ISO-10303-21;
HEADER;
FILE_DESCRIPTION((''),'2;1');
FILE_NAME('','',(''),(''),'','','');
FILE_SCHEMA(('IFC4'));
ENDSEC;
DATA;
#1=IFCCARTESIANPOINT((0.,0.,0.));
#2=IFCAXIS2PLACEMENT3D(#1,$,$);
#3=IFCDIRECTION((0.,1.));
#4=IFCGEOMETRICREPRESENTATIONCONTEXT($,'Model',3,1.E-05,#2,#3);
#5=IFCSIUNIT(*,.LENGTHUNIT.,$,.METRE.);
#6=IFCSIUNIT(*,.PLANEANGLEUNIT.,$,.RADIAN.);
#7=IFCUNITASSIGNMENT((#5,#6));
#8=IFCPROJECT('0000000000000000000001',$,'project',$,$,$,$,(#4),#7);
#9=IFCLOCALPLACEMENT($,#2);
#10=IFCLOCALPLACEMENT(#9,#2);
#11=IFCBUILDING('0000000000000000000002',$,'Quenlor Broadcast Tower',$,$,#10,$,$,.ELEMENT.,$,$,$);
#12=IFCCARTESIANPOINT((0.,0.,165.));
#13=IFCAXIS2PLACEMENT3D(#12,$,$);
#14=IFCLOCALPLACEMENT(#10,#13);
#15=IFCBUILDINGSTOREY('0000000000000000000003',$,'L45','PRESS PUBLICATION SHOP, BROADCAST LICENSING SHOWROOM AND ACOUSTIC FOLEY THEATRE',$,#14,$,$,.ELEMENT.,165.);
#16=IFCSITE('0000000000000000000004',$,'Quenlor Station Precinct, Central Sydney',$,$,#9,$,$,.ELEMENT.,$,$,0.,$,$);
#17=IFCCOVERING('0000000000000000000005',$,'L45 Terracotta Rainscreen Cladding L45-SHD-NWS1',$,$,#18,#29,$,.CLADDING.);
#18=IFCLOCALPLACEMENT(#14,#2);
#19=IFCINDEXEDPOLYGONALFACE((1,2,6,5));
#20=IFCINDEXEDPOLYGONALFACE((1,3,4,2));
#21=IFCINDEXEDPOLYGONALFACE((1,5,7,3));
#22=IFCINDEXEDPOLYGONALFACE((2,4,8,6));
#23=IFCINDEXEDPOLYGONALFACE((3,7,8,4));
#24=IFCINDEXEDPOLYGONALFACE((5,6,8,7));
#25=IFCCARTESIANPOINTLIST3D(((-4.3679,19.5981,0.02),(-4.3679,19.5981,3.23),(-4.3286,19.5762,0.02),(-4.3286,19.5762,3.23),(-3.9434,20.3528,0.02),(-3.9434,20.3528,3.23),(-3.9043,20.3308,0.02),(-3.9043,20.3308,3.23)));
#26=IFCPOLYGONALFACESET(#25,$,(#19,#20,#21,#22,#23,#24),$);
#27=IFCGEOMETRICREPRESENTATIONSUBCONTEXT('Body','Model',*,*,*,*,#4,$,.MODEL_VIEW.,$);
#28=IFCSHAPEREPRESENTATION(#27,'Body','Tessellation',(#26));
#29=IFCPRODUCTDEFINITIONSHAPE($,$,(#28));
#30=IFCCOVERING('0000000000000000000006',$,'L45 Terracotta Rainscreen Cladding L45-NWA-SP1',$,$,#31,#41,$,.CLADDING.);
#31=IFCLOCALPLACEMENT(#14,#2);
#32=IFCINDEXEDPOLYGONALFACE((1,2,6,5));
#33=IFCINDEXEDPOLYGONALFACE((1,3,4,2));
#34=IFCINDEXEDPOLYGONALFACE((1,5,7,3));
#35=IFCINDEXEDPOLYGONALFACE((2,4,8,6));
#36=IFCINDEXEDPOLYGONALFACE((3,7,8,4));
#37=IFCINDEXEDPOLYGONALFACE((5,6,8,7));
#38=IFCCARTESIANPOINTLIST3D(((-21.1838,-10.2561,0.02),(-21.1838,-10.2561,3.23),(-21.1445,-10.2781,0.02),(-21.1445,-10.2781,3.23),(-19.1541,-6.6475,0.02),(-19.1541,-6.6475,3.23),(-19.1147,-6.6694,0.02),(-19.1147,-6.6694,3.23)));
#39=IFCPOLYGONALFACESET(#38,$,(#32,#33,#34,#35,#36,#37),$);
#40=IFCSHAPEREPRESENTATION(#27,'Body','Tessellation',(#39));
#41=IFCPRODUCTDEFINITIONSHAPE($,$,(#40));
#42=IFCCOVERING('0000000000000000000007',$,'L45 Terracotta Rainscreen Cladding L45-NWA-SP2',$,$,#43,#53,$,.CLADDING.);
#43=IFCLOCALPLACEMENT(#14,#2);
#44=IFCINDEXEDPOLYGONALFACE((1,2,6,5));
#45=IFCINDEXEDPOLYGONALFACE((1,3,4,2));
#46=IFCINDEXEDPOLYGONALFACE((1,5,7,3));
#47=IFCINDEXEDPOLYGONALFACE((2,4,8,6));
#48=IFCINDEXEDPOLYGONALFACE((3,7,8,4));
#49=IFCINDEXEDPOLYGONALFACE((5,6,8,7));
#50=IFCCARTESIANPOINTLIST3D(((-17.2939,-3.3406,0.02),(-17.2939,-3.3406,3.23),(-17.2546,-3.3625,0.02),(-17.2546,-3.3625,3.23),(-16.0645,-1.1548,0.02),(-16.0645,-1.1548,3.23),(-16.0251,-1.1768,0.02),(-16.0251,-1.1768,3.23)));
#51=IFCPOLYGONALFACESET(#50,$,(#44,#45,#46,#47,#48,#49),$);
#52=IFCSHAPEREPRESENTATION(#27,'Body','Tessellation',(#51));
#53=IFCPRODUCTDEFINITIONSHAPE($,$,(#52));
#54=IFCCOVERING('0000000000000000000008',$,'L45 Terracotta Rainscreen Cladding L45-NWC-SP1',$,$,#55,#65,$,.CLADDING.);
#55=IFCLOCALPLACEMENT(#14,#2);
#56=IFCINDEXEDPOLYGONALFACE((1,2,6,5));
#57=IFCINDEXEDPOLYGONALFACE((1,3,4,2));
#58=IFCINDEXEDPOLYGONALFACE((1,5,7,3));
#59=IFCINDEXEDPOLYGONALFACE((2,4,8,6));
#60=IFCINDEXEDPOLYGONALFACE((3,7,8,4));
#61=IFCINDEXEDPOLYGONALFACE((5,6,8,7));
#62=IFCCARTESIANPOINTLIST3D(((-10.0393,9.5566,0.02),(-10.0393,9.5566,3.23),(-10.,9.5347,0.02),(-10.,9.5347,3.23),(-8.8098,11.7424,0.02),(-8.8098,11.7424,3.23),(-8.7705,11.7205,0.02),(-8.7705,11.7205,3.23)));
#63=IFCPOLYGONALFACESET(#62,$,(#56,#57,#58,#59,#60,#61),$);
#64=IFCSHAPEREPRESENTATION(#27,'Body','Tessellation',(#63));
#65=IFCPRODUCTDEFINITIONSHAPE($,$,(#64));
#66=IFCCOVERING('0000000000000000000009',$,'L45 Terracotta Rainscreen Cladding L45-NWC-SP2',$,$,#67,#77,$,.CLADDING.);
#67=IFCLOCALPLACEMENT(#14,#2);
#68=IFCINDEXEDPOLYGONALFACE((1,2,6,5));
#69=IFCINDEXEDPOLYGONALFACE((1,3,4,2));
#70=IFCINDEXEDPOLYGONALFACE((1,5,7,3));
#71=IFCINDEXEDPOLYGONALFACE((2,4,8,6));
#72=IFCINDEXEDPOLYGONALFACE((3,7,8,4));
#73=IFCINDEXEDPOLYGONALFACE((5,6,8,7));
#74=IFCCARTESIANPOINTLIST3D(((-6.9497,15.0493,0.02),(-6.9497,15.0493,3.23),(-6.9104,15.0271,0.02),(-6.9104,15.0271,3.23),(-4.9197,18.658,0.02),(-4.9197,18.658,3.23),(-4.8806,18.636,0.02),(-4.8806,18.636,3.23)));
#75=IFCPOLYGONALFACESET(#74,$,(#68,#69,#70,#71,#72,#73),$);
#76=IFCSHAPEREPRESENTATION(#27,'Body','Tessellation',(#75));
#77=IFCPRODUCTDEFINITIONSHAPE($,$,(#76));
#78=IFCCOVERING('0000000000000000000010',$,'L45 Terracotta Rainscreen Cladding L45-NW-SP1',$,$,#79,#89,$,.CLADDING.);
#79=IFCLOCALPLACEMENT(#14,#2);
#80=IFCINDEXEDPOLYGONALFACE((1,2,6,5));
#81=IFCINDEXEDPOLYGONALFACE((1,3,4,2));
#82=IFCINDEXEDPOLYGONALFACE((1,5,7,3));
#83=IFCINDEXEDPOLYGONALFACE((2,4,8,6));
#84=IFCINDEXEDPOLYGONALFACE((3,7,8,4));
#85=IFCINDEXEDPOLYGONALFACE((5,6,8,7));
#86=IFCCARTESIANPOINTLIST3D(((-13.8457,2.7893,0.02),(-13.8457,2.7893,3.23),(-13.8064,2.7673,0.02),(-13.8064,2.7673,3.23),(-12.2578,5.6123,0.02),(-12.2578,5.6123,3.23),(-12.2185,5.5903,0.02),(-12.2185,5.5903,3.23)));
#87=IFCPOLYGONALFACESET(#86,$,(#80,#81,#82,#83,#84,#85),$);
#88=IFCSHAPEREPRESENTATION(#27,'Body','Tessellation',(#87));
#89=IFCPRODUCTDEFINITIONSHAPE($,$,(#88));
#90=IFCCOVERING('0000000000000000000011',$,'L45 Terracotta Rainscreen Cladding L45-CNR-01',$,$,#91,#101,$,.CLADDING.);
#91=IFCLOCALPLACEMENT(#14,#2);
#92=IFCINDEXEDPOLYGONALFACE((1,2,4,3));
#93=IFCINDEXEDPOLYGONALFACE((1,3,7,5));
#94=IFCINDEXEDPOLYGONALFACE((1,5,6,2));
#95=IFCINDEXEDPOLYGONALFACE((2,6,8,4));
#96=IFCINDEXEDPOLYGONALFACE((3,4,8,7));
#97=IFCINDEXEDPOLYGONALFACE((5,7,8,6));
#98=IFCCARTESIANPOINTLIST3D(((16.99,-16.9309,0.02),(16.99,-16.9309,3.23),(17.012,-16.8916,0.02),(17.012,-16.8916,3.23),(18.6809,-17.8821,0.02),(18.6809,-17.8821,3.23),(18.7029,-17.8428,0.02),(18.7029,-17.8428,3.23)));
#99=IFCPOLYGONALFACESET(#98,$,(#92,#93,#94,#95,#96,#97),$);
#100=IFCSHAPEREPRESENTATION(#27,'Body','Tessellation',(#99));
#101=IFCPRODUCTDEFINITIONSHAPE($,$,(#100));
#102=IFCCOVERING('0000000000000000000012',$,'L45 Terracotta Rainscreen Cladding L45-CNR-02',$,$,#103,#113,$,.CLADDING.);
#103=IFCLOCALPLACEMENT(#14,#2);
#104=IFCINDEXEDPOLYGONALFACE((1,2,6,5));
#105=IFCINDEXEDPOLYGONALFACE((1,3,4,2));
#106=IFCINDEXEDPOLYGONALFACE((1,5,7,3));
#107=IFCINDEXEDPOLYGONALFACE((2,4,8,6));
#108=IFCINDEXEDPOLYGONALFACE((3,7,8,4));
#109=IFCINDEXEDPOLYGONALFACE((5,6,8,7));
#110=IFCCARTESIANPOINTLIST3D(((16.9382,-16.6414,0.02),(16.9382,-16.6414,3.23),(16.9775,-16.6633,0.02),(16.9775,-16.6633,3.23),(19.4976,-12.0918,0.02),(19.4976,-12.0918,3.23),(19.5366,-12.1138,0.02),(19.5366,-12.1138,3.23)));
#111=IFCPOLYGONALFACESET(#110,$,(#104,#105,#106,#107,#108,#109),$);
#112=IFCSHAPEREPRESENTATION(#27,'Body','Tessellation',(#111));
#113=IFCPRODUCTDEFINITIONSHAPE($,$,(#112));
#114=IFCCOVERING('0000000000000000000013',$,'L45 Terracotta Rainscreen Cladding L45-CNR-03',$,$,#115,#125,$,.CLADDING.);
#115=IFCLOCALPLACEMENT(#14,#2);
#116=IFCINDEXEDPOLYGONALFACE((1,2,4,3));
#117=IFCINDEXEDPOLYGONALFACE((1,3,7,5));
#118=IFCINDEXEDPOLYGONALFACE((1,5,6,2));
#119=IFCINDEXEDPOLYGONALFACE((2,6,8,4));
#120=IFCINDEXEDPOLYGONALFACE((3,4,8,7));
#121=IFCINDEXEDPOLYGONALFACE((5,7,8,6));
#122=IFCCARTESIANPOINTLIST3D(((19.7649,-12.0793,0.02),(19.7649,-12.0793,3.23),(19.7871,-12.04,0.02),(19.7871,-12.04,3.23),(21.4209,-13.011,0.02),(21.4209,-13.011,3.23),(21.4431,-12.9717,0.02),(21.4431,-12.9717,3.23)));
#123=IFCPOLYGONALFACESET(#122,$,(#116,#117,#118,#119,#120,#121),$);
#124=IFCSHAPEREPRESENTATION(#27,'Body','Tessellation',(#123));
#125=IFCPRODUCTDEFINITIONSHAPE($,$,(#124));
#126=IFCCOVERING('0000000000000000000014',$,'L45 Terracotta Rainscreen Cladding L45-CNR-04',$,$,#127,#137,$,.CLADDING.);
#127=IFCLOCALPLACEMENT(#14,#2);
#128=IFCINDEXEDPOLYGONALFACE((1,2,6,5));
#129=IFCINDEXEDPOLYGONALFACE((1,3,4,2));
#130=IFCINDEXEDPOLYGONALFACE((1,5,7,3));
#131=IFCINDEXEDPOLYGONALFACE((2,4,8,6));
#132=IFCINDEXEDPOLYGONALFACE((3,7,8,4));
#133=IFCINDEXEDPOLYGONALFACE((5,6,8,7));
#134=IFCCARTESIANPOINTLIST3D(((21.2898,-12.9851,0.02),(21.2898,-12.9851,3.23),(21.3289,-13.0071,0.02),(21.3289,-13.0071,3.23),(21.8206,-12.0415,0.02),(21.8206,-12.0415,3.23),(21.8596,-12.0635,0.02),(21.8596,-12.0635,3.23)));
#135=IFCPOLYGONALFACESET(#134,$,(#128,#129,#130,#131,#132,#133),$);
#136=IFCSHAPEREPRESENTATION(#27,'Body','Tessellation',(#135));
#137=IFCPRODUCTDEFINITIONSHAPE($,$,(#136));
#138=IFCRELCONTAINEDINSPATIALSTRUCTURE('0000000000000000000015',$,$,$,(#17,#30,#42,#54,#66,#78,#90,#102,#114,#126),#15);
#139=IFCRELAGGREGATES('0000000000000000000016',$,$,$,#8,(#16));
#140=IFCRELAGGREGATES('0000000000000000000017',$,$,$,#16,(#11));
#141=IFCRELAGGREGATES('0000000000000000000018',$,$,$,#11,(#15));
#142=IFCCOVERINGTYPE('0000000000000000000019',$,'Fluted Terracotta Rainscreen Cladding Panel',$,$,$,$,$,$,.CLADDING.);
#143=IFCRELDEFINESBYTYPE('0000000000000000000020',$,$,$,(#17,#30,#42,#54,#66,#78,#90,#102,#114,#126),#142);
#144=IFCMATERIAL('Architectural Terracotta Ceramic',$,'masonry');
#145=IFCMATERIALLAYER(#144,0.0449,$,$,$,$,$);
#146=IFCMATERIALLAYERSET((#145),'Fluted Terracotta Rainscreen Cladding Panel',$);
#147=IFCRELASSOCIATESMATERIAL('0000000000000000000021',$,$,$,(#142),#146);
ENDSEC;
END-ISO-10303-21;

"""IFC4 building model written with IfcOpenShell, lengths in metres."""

from ifc_helpers import new_model, si_unit, direction, frame, origin, place, context, subcontext, project, spatial, polyline, outline, extrude, material, layer, layer_set, type_object, element, save


model = new_model("IFC4")

# Units and contexts
model_context = context("Model", 3, precision=1e-05, world=origin(), true_north=direction((0.0, 1.0)))
body_context = subcontext(model_context, "Body", "Model", "MODEL_VIEW")
ifc_project = project(units=[si_unit("LENGTHUNIT", "METRE"), si_unit("PLANEANGLEUNIT", "RADIAN")], contexts=[model_context])

# Site, building, storey
site_placement = place(None, origin())
site = spatial("IfcSite", under=ifc_project, at=site_placement, Name="Quenlor Station Precinct, Central Sydney", CompositionType="ELEMENT", RefElevation=0.0)
building_placement = place(site_placement, origin())
building = spatial("IfcBuilding", under=site, at=building_placement, Name="Quenlor Broadcast Tower", CompositionType="ELEMENT")
storey_placement = place(building_placement, frame((0.0, 0.0, 165.0)))
storey = spatial("IfcBuildingStorey", under=building, at=storey_placement, Name="L45", Description="PRESS PUBLICATION SHOP, BROADCAST LICENSING SHOWROOM AND ACOUSTIC FOLEY THEATRE", CompositionType="ELEMENT", Elevation=165.0)

# Coverings
ifc_material_1 = material(Name="Architectural Terracotta Ceramic", Category="masonry")
ifc_layer_1 = layer(ifc_material_1, 0.0449)
ifc_layer_set_1 = layer_set([ifc_layer_1], Name="Fluted Terracotta Rainscreen Cladding Panel")
covering_type = type_object("IfcCoveringType", Name="Fluted Terracotta Rainscreen Cladding Panel", PredefinedType="CLADDING", material=ifc_layer_set_1)
covering_1_placement = place(storey_placement, frame((0.0, 0.0, 0.02)))
element("IfcCovering", 1, at=covering_1_placement, inside=storey, type_object=covering_type, Name="L45 Terracotta Rainscreen Cladding L45-SHD-NWS1", PredefinedType="CLADDING", context=body_context, shape_type="SweptSolid", body=[
    extrude(outline(polyline([(-4.3286, 19.5762), (-3.9043, 20.3308), (-3.9434, 20.3528), (-4.3679, 19.5981), (-4.3286, 19.5762)])), origin(), (0.0, 0.0, 1.0), 3.21),
])
covering_2_placement = place(storey_placement, frame((0.0, 0.0, 0.02)))
element("IfcCovering", 2, at=covering_2_placement, inside=storey, type_object=covering_type, Name="L45 Terracotta Rainscreen Cladding L45-NWA-SP1", PredefinedType="CLADDING", context=body_context, shape_type="SweptSolid", body=[
    extrude(outline(polyline([(-21.1445, -10.2781), (-19.1147, -6.6694), (-19.1541, -6.6475), (-21.1838, -10.2561), (-21.1445, -10.2781)])), origin(), (0.0, 0.0, 1.0), 3.21),
])
covering_3_placement = place(storey_placement, frame((0.0, 0.0, 0.02)))
element("IfcCovering", 3, at=covering_3_placement, inside=storey, type_object=covering_type, Name="L45 Terracotta Rainscreen Cladding L45-NWA-SP2", PredefinedType="CLADDING", context=body_context, shape_type="SweptSolid", body=[
    extrude(outline(polyline([(-17.2546, -3.3625), (-16.0251, -1.1768), (-16.0645, -1.1548), (-17.2939, -3.3406), (-17.2546, -3.3625)])), origin(), (0.0, 0.0, 1.0), 3.21),
])
covering_4_placement = place(storey_placement, frame((0.0, 0.0, 0.02)))
element("IfcCovering", 4, at=covering_4_placement, inside=storey, type_object=covering_type, Name="L45 Terracotta Rainscreen Cladding L45-NWC-SP1", PredefinedType="CLADDING", context=body_context, shape_type="SweptSolid", body=[
    extrude(outline(polyline([(-10.0, 9.5347), (-8.7705, 11.7205), (-8.8098, 11.7424), (-10.0393, 9.5566), (-10.0, 9.5347)])), origin(), (0.0, 0.0, 1.0), 3.21),
])
covering_5_placement = place(storey_placement, frame((0.0, 0.0, 0.02)))
element("IfcCovering", 5, at=covering_5_placement, inside=storey, type_object=covering_type, Name="L45 Terracotta Rainscreen Cladding L45-NWC-SP2", PredefinedType="CLADDING", context=body_context, shape_type="SweptSolid", body=[
    extrude(outline(polyline([(-6.9104, 15.0271), (-4.8806, 18.636), (-4.9197, 18.658), (-6.9497, 15.0493), (-6.9104, 15.0271)])), origin(), (0.0, 0.0, 1.0), 3.21),
])
covering_6_placement = place(storey_placement, frame((0.0, 0.0, 0.02)))
element("IfcCovering", 6, at=covering_6_placement, inside=storey, type_object=covering_type, Name="L45 Terracotta Rainscreen Cladding L45-NW-SP1", PredefinedType="CLADDING", context=body_context, shape_type="SweptSolid", body=[
    extrude(outline(polyline([(-13.8064, 2.7673), (-12.2185, 5.5903), (-12.2578, 5.6123), (-13.8457, 2.7893), (-13.8064, 2.7673)])), origin(), (0.0, 0.0, 1.0), 3.21),
])
covering_7_placement = place(storey_placement, frame((0.0, 0.0, 0.02)))
element("IfcCovering", 7, at=covering_7_placement, inside=storey, type_object=covering_type, Name="L45 Terracotta Rainscreen Cladding L45-CNR-01", PredefinedType="CLADDING", context=body_context, shape_type="SweptSolid", body=[
    extrude(outline(polyline([(18.7029, -17.8428), (17.012, -16.8916), (16.99, -16.9309), (18.6809, -17.8821), (18.7029, -17.8428)])), origin(), (0.0, 0.0, 1.0), 3.21),
])
covering_8_placement = place(storey_placement, frame((0.0, 0.0, 0.02)))
element("IfcCovering", 8, at=covering_8_placement, inside=storey, type_object=covering_type, Name="L45 Terracotta Rainscreen Cladding L45-CNR-02", PredefinedType="CLADDING", context=body_context, shape_type="SweptSolid", body=[
    extrude(outline(polyline([(16.9775, -16.6633), (19.5366, -12.1138), (19.4976, -12.0918), (16.9382, -16.6414), (16.9775, -16.6633)])), origin(), (0.0, 0.0, 1.0), 3.21),
])
covering_9_placement = place(storey_placement, frame((0.0, 0.0, 0.02)))
element("IfcCovering", 9, at=covering_9_placement, inside=storey, type_object=covering_type, Name="L45 Terracotta Rainscreen Cladding L45-CNR-03", PredefinedType="CLADDING", context=body_context, shape_type="SweptSolid", body=[
    extrude(outline(polyline([(19.7649, -12.0793), (21.4209, -13.011), (21.4431, -12.9717), (19.7871, -12.04), (19.7649, -12.0793)])), origin(), (0.0, 0.0, 1.0), 3.21),
])
covering_10_placement = place(storey_placement, frame((0.0, 0.0, 0.02)))
element("IfcCovering", 10, at=covering_10_placement, inside=storey, type_object=covering_type, Name="L45 Terracotta Rainscreen Cladding L45-CNR-04", PredefinedType="CLADDING", context=body_context, shape_type="SweptSolid", body=[
    extrude(outline(polyline([(21.3289, -13.0071), (21.8596, -12.0635), (21.8206, -12.0415), (21.2898, -12.9851), (21.3289, -13.0071)])), origin(), (0.0, 0.0, 1.0), 3.21),
])

save(model, "model.ifc")
